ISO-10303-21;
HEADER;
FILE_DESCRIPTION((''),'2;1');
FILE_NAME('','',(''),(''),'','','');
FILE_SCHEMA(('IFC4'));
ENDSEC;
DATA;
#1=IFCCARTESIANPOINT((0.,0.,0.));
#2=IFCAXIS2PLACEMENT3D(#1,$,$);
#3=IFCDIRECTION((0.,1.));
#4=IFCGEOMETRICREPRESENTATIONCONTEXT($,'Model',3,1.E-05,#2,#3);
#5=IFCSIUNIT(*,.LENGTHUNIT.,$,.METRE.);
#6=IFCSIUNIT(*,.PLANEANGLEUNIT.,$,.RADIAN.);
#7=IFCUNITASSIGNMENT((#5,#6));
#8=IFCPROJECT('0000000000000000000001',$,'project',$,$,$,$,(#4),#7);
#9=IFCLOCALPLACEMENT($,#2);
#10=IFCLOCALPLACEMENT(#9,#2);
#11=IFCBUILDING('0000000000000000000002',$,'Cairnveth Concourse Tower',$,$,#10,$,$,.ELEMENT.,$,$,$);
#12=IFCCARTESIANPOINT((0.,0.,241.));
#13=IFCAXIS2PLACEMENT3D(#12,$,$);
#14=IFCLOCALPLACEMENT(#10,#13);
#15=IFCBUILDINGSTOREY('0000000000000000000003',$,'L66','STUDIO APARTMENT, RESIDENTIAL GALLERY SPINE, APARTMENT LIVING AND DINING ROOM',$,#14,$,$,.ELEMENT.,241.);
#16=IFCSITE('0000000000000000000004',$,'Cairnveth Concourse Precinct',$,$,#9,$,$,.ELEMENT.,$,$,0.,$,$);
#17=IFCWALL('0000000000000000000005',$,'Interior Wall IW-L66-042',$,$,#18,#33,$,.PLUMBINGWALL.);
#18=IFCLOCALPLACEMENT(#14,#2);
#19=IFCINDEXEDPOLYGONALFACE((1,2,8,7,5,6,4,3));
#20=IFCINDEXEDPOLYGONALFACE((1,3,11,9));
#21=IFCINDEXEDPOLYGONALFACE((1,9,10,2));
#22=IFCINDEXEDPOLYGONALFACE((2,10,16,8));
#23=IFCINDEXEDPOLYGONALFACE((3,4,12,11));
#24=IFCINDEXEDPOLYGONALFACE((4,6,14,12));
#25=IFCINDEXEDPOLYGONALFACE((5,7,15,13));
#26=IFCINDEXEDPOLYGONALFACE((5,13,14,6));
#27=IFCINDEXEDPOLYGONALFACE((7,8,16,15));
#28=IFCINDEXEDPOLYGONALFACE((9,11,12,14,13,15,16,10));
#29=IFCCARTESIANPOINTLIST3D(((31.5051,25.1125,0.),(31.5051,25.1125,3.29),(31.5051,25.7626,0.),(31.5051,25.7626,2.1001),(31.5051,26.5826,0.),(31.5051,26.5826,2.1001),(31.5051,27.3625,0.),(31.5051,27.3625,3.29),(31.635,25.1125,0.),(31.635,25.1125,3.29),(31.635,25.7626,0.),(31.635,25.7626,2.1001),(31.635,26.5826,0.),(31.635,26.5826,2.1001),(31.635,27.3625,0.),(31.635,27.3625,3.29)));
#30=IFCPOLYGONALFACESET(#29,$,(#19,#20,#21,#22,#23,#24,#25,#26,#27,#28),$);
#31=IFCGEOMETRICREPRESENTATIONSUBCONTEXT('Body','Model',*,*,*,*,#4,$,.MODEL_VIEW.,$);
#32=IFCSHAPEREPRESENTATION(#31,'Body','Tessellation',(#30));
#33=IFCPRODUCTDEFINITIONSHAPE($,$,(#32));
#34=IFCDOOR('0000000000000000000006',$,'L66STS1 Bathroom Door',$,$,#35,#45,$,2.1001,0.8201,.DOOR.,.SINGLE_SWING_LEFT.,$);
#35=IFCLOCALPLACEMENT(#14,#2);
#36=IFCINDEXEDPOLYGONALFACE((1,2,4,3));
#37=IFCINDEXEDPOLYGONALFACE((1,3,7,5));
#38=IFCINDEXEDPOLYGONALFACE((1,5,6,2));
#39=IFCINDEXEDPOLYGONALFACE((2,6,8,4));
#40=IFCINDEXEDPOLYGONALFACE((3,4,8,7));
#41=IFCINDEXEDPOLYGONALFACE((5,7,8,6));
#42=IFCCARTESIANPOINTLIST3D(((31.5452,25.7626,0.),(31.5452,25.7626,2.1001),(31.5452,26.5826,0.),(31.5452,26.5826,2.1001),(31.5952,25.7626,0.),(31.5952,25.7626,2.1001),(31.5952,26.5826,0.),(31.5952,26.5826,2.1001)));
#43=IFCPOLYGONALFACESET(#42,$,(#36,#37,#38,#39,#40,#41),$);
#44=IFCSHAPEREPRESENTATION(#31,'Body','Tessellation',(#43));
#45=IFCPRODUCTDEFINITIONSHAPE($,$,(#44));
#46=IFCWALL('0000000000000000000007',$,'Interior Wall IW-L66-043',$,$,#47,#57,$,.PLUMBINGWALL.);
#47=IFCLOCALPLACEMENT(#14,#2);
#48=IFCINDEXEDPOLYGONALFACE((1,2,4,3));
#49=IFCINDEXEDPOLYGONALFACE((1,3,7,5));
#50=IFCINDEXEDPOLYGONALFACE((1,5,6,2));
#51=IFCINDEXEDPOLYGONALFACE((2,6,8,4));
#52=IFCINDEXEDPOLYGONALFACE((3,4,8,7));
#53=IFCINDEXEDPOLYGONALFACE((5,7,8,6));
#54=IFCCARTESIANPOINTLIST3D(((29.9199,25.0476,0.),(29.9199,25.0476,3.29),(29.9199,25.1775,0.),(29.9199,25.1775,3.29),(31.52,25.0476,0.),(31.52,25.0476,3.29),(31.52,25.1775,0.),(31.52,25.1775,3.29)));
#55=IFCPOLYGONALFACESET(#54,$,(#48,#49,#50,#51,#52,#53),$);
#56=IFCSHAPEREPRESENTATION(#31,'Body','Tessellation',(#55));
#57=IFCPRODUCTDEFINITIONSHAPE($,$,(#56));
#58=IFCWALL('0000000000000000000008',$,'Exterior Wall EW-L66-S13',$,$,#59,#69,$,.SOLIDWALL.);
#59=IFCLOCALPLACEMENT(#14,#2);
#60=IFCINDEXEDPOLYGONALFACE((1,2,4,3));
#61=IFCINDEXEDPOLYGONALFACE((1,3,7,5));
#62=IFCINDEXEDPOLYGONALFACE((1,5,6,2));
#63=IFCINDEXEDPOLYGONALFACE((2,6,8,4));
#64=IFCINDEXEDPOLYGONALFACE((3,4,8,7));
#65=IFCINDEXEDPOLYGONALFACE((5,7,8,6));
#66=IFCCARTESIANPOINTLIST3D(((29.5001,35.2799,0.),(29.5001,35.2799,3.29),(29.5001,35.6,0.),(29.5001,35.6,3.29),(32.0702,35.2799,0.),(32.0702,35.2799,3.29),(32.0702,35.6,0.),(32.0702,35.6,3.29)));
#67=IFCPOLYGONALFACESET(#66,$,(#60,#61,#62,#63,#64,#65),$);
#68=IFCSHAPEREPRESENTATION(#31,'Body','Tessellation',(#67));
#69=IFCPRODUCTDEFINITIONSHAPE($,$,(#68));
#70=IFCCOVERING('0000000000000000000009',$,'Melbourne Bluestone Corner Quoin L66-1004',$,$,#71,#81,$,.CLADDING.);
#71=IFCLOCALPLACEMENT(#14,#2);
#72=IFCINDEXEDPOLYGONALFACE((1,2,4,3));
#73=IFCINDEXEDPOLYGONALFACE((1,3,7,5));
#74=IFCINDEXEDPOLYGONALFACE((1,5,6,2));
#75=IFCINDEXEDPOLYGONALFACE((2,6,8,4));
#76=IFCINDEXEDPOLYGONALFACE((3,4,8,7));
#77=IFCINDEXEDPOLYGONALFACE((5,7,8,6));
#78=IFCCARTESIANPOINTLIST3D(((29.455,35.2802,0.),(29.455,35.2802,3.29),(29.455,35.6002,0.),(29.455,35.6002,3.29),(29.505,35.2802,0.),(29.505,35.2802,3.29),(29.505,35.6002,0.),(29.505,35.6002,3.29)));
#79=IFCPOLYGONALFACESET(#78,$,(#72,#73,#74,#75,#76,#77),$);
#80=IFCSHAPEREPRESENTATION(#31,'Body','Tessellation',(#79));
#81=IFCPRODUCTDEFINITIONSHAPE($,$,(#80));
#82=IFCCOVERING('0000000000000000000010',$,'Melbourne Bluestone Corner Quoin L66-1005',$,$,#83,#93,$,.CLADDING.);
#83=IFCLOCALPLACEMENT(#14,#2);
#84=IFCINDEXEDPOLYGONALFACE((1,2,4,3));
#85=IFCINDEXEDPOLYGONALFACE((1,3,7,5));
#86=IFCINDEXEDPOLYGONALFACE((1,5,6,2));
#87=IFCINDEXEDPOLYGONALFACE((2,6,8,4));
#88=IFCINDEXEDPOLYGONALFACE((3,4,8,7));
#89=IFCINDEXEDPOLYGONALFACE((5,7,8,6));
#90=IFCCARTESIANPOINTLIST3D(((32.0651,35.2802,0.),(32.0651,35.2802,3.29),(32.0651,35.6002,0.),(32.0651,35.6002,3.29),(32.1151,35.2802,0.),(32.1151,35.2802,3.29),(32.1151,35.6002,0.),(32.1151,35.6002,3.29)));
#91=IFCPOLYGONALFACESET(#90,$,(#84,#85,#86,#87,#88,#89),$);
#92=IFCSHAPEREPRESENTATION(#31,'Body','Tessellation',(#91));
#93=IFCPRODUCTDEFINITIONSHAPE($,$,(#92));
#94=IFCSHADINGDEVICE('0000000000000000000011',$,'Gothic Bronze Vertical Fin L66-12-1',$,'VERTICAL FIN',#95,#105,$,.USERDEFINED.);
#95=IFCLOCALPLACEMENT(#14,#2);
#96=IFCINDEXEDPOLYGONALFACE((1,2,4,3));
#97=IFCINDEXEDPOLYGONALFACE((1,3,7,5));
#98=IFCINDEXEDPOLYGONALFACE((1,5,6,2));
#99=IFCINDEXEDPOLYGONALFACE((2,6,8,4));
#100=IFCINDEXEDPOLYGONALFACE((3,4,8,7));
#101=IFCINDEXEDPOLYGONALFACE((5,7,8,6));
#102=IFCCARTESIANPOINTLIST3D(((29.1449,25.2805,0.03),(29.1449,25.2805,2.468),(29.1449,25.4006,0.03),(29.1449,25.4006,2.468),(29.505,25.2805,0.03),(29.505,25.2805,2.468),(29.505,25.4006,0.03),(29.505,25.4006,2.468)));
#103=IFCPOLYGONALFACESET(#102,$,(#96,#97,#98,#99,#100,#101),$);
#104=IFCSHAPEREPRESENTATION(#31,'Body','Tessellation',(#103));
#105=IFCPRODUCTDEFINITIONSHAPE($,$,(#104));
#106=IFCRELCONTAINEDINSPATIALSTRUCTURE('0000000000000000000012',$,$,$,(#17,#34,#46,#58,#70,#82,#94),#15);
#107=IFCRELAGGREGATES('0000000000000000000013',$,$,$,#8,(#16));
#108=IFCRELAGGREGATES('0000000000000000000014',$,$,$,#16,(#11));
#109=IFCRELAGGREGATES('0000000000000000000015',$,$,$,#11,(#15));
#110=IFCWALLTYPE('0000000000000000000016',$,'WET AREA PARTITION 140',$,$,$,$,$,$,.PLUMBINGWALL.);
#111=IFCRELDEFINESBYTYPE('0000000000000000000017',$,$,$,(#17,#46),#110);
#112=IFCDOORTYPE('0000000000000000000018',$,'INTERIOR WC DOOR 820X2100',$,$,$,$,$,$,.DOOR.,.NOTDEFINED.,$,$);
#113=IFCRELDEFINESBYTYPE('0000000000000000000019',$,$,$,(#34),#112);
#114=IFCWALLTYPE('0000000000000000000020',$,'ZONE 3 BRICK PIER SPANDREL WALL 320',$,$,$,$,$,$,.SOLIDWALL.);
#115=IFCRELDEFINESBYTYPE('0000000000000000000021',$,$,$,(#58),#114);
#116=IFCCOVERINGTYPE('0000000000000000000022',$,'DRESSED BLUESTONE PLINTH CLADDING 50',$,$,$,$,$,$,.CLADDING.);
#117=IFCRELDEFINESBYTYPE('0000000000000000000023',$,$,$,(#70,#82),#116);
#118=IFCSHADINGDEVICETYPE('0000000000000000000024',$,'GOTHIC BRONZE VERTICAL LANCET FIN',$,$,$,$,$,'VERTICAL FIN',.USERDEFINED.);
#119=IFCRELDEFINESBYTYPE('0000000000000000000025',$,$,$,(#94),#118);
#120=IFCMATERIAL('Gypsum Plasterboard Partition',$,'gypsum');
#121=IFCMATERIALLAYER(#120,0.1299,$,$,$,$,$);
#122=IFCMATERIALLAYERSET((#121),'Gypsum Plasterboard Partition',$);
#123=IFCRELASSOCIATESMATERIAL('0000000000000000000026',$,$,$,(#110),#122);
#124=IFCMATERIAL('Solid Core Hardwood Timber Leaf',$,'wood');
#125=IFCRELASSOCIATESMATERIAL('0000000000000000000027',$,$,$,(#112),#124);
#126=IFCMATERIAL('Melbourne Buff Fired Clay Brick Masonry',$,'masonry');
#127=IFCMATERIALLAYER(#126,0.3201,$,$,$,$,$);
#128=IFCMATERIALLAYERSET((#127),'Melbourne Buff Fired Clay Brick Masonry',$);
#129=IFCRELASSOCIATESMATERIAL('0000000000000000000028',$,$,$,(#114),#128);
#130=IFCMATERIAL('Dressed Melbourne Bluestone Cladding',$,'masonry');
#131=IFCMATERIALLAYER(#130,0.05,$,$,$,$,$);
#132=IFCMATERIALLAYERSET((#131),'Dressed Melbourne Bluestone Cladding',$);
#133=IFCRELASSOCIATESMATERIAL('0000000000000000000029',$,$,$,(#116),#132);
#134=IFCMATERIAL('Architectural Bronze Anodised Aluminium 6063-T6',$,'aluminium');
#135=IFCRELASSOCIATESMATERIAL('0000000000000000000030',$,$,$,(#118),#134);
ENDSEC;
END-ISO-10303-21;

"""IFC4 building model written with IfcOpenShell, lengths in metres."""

from ifc_helpers import new_model, si_unit, direction, frame, frame_2d, origin, origin_2d, place, context, subcontext, project, spatial, rectangle, extrude, material, layer, layer_set, type_object, element, fill, save


model = new_model("IFC4")

# Units and contexts
model_context = context("Model", 3, precision=1e-05, world=origin(), true_north=direction((0.0, 1.0)))
body_context = subcontext(model_context, "Body", "Model", "MODEL_VIEW")
ifc_project = project(units=[si_unit("LENGTHUNIT", "METRE"), si_unit("PLANEANGLEUNIT", "RADIAN")], contexts=[model_context])

# Site, building, storey
site_placement = place(None, origin())
site = spatial("IfcSite", under=ifc_project, at=site_placement, Name="Cairnveth Concourse Precinct", CompositionType="ELEMENT", RefElevation=0.0)
building_placement = place(site_placement, origin())
building = spatial("IfcBuilding", under=site, at=building_placement, Name="Cairnveth Concourse Tower", CompositionType="ELEMENT")
storey_placement = place(building_placement, frame((0.0, 0.0, 241.0)))
storey = spatial("IfcBuildingStorey", under=building, at=storey_placement, Name="L66", Description="STUDIO APARTMENT, RESIDENTIAL GALLERY SPINE, APARTMENT LIVING AND DINING ROOM", CompositionType="ELEMENT", Elevation=241.0)

# Shared definitions
ifc_material_1 = material(Name="Gypsum Plasterboard Partition", Category="gypsum")
ifc_material_2 = material(Name="Solid Core Hardwood Timber Leaf", Category="wood")

# Wall, opening, door
ifc_layer_1 = layer(ifc_material_1, 0.1299)
ifc_layer_set_1 = layer_set([ifc_layer_1], Name="Gypsum Plasterboard Partition")
wall_type_1 = type_object("IfcWallType", Name="WET AREA PARTITION 140", PredefinedType="PLUMBINGWALL", material=ifc_layer_set_1)
wall_1_placement = place(storey_placement, frame((31.5701, 25.1125, 0.0), z_axis=(0.0, 0.0, 1.0), x_axis=(0.0, 1.0, 0.0)))
wall_1 = element("IfcWall", 1, at=wall_1_placement, inside=storey, type_object=wall_type_1, Name="Interior Wall IW-L66-042", PredefinedType="PLUMBINGWALL", context=body_context, shape_type="SweptSolid", body=[
    extrude(rectangle(XDim=2.25, YDim=0.1299, at=frame_2d((1.125, 0.0))), origin(), (0.0, 0.0, 1.0), 3.29),
])
opening_1_placement = place(wall_1_placement, frame((0.6499, 0.0, 0.0)))
opening_1 = element("IfcOpeningElement", 2, at=opening_1_placement, cuts=wall_1, PredefinedType="OPENING", context=body_context, shape_type="SweptSolid", body=[
    extrude(rectangle(XDim=0.8201, YDim=2.1001, at=frame_2d((0.4102, 1.05))), frame((0.0, 0.075, 0.0), z_axis=(0.0, -1.0, 0.0), x_axis=(1.0, 0.0, 0.0)), (0.0, 0.0, 1.0), 0.1499),
])
door_type_1 = type_object("IfcDoorType", Name="INTERIOR WC DOOR 820X2100", OperationType="NOTDEFINED", PredefinedType="DOOR", material=ifc_material_2)
door_1_placement = place(opening_1_placement, origin())
door_1 = element("IfcDoor", 3, at=door_1_placement, inside=storey, type_object=door_type_1, Name="L66STS1 Bathroom Door", OperationType="SINGLE_SWING_LEFT", OverallHeight=2.1001, OverallWidth=0.8201, PredefinedType="DOOR", context=body_context, shape_type="SweptSolid", body=[
    extrude(rectangle(XDim=0.8201, YDim=2.1001, at=frame_2d((0.4102, 1.05))), frame((0.0, 0.0249, 0.0), z_axis=(0.0, -1.0, 0.0), x_axis=(1.0, 0.0, 0.0)), (0.0, 0.0, 1.0), 0.05),
])
fill(opening_1, door_1)

# Walls
wall_2_placement = place(storey_placement, frame((29.9199, 25.1125, 0.0), z_axis=(0.0, 0.0, 1.0), x_axis=(1.0, 0.0, 0.0)))
element("IfcWall", 4, at=wall_2_placement, inside=storey, type_object=wall_type_1, Name="Interior Wall IW-L66-043", PredefinedType="PLUMBINGWALL", context=body_context, shape_type="SweptSolid", body=[
    extrude(rectangle(XDim=1.6001, YDim=0.1299, at=frame_2d((0.8, 0.0))), origin(), (0.0, 0.0, 1.0), 3.29),
])
ifc_material_3 = material(Name="Melbourne Buff Fired Clay Brick Masonry", Category="masonry")
ifc_layer_2 = layer(ifc_material_3, 0.3201)
ifc_layer_set_2 = layer_set([ifc_layer_2], Name="Melbourne Buff Fired Clay Brick Masonry")
wall_type_2 = type_object("IfcWallType", Name="ZONE 3 BRICK PIER SPANDREL WALL 320", PredefinedType="SOLIDWALL", material=ifc_layer_set_2)
wall_3_placement = place(storey_placement, frame((29.5, 35.4399, 0.0), z_axis=(0.0, 0.0, 1.0), x_axis=(1.0, 0.0, 0.0)))
element("IfcWall", 5, at=wall_3_placement, inside=storey, type_object=wall_type_2, Name="Exterior Wall EW-L66-S13", PredefinedType="SOLIDWALL", context=body_context, shape_type="SweptSolid", body=[
    extrude(rectangle(XDim=2.5701, YDim=0.3201, at=frame_2d((1.2852, 0.0))), origin(), (0.0, 0.0, 1.0), 3.29),
])

# Shared definitions
ifc_material_4 = material(Name="Architectural Bronze Anodised Aluminium 6063-T6", Category="aluminium")

# Coverings
ifc_material_5 = material(Name="Dressed Melbourne Bluestone Cladding", Category="masonry")
ifc_layer_3 = layer(ifc_material_5, 0.05)
ifc_layer_set_3 = layer_set([ifc_layer_3], Name="Dressed Melbourne Bluestone Cladding")
covering_type = type_object("IfcCoveringType", Name="DRESSED BLUESTONE PLINTH CLADDING 50", PredefinedType="CLADDING", material=ifc_layer_set_3)
for number, where, z_axis, x_axis, name in (
    (6, (29.48, 35.28, 0.0), (0.0, 0.0, 1.0), (0.0, 1.0, 0.0), "Melbourne Bluestone Corner Quoin L66-1004"),
    (7, (32.0901, 35.28, 0.0), (0.0, 0.0, 1.0), (0.0, 1.0, 0.0), "Melbourne Bluestone Corner Quoin L66-1005"),
):
    element("IfcCovering", number, at=place(storey_placement, frame(where, z_axis=z_axis, x_axis=x_axis)), inside=storey, type_object=covering_type, Name=name, PredefinedType="CLADDING", context=body_context, shape_type="SweptSolid", body=[
        extrude(rectangle(XDim=0.3201, YDim=0.05, at=frame_2d((0.1602, 0.0))), origin(), (0.0, 0.0, 1.0), 3.29),
    ])

# Shading device
shading_device_type_1 = type_object("IfcShadingDeviceType", Name="GOTHIC BRONZE VERTICAL LANCET FIN", ElementType="VERTICAL FIN", PredefinedType="USERDEFINED", material=ifc_material_4)
shading_device_1_placement = place(storey_placement, frame((29.325, 25.3406, 0.03), z_axis=(0.0, 0.0, 1.0), x_axis=(0.0, 1.0, 0.0)))
element("IfcShadingDevice", 8, at=shading_device_1_placement, inside=storey, type_object=shading_device_type_1, Name="Gothic Bronze Vertical Fin L66-12-1", ObjectType="VERTICAL FIN", PredefinedType="USERDEFINED", context=body_context, shape_type="SweptSolid", body=[
    extrude(rectangle(XDim=0.1201, YDim=0.3601, at=origin_2d()), origin(), (0.0, 0.0, 1.0), 2.438),
])

save(model, "model.ifc")
